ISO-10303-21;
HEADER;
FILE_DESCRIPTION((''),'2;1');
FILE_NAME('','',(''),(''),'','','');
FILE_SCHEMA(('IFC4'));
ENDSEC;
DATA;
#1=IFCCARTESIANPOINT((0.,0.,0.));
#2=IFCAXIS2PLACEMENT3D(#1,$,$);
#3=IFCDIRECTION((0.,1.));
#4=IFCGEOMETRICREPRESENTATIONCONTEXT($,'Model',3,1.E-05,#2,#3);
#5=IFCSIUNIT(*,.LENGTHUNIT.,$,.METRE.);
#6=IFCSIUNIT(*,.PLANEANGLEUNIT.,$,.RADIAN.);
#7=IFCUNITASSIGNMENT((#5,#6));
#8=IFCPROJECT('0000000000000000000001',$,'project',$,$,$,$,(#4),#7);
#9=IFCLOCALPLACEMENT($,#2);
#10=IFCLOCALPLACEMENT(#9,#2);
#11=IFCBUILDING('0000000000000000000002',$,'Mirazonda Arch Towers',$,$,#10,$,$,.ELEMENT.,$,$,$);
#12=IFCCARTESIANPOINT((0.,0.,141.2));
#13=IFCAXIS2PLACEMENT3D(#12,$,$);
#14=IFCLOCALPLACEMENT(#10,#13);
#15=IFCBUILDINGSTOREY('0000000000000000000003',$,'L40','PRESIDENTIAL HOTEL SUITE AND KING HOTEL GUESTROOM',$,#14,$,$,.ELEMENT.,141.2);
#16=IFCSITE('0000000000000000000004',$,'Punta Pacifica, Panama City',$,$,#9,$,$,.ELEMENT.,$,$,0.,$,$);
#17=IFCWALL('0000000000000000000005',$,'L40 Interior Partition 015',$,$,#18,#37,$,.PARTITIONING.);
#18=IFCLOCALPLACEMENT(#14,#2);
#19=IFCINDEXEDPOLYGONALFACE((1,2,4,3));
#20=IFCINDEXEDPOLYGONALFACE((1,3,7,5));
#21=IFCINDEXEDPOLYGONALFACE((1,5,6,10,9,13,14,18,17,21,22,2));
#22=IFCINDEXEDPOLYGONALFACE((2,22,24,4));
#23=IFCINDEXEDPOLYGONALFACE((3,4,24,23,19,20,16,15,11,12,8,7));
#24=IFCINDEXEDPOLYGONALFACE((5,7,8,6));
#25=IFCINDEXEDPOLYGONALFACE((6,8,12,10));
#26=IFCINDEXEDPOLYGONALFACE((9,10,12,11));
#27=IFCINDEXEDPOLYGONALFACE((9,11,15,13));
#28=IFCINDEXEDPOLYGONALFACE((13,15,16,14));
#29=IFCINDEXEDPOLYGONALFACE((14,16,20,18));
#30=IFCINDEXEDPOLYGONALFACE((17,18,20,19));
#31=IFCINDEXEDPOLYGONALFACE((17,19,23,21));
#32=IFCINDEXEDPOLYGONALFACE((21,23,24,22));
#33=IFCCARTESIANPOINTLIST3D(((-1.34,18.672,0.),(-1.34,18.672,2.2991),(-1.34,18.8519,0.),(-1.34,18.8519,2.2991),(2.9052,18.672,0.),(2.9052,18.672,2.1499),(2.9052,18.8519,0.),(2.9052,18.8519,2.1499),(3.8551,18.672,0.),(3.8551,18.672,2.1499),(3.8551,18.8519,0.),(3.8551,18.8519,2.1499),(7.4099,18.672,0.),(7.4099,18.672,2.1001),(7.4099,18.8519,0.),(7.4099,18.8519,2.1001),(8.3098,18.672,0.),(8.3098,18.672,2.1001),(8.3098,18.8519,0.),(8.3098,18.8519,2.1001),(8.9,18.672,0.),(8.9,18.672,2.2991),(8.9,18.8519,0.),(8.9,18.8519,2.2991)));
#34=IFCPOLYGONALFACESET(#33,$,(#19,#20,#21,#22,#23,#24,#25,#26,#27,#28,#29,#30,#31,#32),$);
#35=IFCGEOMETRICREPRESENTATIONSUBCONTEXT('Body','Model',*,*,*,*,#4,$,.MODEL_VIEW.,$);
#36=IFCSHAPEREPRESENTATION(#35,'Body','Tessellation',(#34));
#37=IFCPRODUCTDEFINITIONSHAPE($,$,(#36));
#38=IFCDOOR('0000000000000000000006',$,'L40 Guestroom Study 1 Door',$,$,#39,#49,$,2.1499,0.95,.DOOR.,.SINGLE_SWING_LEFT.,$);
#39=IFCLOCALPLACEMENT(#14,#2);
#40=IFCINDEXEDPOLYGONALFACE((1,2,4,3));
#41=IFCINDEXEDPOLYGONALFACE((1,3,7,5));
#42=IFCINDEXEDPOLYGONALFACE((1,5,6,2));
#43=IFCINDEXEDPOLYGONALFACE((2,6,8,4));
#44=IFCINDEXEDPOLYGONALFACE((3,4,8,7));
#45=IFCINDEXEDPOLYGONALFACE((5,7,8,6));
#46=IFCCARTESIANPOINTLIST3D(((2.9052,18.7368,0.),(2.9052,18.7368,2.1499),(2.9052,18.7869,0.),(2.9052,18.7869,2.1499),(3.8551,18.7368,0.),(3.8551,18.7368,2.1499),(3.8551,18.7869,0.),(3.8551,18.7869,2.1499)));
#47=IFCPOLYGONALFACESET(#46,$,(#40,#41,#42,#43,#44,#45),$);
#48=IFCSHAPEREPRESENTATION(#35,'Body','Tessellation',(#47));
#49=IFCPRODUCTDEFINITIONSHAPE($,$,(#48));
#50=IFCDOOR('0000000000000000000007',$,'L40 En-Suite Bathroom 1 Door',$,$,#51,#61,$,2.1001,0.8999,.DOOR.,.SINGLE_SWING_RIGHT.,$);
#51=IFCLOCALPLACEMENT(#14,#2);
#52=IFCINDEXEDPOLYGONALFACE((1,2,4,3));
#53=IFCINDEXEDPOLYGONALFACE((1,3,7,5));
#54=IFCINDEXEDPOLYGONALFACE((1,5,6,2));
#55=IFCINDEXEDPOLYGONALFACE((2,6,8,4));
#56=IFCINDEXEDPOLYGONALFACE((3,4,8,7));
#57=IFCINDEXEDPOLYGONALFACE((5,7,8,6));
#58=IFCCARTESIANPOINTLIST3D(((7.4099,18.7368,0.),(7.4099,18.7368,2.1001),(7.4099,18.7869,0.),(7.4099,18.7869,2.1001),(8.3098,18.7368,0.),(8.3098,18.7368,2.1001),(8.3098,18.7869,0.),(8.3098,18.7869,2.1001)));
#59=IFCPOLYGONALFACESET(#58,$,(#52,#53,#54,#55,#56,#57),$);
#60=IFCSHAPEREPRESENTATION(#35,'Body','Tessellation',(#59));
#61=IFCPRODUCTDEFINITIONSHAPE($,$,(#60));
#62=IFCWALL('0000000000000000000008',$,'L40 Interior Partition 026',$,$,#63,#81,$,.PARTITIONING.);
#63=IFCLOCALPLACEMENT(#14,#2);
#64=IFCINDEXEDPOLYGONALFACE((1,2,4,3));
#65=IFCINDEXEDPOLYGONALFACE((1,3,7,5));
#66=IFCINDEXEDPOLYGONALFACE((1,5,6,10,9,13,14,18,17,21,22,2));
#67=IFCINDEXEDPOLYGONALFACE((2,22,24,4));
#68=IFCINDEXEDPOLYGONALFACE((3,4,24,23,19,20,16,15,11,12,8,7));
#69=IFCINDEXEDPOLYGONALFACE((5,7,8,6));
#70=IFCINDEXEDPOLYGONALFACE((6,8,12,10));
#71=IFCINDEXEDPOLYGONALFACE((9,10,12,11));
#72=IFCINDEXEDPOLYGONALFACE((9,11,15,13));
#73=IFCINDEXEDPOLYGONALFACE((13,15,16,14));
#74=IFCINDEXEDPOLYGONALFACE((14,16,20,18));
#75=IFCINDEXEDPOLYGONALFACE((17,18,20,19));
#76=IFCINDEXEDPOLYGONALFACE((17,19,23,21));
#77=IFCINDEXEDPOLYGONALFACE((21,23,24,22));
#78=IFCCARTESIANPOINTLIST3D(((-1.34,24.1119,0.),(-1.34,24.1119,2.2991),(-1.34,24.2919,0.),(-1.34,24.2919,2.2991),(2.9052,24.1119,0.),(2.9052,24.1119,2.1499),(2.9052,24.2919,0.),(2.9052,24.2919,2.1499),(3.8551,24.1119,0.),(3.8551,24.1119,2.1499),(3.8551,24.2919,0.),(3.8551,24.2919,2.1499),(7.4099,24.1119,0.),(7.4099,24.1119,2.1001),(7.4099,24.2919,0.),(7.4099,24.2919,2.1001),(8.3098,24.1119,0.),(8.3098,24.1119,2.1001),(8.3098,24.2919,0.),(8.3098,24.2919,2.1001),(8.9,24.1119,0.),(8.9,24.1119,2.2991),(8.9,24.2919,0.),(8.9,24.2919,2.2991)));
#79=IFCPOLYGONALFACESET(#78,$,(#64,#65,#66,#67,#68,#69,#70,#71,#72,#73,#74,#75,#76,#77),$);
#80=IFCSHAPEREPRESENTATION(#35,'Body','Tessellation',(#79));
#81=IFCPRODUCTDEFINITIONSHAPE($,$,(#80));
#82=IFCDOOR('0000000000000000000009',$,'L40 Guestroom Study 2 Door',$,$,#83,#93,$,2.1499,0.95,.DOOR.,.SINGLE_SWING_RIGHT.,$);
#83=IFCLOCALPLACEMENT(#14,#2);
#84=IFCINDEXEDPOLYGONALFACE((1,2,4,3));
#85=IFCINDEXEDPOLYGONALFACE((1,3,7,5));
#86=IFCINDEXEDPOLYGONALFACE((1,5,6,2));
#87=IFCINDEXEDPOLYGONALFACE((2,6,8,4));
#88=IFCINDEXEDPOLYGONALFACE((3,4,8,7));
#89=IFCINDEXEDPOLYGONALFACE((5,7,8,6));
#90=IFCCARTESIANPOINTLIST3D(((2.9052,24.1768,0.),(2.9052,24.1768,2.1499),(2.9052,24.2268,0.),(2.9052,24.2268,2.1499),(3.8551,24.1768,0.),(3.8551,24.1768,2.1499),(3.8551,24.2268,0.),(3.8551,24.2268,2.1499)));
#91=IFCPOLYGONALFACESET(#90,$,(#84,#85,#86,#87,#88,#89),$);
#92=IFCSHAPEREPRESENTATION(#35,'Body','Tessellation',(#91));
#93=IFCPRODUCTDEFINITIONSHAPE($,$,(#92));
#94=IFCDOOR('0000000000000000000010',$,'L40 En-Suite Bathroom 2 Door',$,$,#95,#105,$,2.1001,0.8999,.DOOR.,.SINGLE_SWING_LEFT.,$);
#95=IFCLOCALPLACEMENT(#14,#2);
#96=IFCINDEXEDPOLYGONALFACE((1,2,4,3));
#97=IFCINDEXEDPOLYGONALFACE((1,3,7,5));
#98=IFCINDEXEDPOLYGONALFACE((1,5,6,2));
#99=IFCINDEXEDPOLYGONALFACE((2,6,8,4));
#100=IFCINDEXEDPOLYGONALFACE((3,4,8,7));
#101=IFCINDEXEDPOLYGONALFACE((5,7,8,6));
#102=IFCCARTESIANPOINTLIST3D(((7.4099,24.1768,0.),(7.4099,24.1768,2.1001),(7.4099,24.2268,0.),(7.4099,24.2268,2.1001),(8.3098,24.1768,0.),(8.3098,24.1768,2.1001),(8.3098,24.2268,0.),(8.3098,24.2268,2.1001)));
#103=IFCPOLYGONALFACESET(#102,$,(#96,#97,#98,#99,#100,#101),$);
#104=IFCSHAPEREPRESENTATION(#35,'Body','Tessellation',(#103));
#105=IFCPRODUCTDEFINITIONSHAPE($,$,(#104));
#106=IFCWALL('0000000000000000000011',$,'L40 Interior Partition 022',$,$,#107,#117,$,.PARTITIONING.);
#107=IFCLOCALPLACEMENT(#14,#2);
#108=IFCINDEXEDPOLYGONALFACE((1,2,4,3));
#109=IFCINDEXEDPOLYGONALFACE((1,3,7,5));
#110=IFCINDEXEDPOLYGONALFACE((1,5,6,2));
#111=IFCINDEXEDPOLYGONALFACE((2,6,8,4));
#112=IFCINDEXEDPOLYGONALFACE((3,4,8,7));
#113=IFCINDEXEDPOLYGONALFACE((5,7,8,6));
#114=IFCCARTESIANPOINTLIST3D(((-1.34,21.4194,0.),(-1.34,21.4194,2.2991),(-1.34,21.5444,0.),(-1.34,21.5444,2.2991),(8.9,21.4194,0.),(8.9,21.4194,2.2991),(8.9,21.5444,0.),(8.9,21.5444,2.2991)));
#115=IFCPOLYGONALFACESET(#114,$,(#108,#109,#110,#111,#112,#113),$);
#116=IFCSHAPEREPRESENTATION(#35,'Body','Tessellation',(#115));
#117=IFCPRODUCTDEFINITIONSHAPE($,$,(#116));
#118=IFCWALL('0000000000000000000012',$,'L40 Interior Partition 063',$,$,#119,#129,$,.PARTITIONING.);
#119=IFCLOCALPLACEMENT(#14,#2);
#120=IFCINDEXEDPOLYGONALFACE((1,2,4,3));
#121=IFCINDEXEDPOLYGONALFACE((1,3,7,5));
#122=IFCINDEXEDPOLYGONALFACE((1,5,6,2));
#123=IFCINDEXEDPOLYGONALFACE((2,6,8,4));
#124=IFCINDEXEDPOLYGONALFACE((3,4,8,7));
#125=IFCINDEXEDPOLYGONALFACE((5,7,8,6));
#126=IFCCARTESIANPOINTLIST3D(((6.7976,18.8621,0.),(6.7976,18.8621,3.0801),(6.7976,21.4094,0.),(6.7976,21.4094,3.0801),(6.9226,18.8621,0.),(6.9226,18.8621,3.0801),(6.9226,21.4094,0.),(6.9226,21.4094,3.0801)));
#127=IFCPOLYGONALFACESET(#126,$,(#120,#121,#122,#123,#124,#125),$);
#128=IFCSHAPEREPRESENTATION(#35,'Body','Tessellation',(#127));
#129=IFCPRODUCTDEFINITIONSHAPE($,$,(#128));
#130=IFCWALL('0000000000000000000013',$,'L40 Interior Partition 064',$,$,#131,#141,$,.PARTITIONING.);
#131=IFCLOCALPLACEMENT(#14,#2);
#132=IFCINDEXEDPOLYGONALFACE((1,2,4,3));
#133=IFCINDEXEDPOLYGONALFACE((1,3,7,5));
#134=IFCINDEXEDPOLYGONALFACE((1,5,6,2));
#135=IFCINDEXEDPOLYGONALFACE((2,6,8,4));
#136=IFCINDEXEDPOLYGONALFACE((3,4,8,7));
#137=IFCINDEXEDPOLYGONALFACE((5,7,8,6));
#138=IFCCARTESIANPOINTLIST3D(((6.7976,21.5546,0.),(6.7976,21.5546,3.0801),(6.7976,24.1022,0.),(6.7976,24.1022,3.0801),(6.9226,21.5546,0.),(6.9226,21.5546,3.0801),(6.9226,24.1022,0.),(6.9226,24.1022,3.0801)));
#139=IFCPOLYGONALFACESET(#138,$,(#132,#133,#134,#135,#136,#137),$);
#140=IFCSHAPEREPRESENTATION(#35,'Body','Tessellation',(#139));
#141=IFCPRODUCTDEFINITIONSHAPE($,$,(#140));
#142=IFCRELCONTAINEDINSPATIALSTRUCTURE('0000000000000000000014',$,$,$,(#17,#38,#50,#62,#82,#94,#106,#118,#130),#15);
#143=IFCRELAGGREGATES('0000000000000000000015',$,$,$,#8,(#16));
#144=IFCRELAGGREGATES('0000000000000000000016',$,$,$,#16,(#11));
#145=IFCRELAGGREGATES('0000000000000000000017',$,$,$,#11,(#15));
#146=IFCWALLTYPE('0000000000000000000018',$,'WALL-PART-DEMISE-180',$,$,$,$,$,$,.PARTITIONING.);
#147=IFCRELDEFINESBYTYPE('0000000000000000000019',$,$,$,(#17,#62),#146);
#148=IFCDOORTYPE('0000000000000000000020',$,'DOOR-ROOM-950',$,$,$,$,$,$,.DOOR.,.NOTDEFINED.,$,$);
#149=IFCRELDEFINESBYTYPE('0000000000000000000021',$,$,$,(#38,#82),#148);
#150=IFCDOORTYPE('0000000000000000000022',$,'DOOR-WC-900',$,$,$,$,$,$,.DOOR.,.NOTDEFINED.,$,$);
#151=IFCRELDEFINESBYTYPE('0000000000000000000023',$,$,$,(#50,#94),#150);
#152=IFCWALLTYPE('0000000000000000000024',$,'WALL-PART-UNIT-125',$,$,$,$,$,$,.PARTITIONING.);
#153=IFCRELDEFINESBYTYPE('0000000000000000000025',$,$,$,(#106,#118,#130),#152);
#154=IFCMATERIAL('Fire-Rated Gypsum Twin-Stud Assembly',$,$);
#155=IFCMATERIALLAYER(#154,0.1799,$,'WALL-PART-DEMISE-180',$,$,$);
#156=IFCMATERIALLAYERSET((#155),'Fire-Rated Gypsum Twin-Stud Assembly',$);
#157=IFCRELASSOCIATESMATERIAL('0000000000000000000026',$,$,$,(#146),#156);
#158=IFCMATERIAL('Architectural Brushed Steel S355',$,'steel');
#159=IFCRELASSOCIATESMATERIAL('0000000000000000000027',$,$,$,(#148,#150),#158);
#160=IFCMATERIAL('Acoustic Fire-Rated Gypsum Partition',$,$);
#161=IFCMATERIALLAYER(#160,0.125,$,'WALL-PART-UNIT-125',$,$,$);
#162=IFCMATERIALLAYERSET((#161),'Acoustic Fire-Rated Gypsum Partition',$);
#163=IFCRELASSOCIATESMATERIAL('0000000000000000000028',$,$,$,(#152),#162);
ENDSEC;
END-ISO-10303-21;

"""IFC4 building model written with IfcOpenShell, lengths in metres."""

from ifc_helpers import new_model, si_unit, direction, frame, frame_2d, origin, place, context, subcontext, project, spatial, rectangle, extrude, material, layer, layer_set, type_object, element, fill, save


model = new_model("IFC4")

# Units and contexts
model_context = context("Model", 3, precision=1e-05, world=origin(), true_north=direction((0.0, 1.0)))
body_context = subcontext(model_context, "Body", "Model", "MODEL_VIEW")
ifc_project = project(units=[si_unit("LENGTHUNIT", "METRE"), si_unit("PLANEANGLEUNIT", "RADIAN")], contexts=[model_context])

# Site, building, storey
site_placement = place(None, origin())
site = spatial("IfcSite", under=ifc_project, at=site_placement, Name="Punta Pacifica, Panama City", CompositionType="ELEMENT", RefElevation=0.0)
building_placement = place(site_placement, origin())
building = spatial("IfcBuilding", under=site, at=building_placement, Name="Mirazonda Arch Towers", CompositionType="ELEMENT")
storey_placement = place(building_placement, frame((0.0, 0.0, 141.2)))
storey = spatial("IfcBuildingStorey", under=building, at=storey_placement, Name="L40", Description="PRESIDENTIAL HOTEL SUITE AND KING HOTEL GUESTROOM", CompositionType="ELEMENT", Elevation=141.2)

# Walls, openings, doors
ifc_material_1 = material(Name="Fire-Rated Gypsum Twin-Stud Assembly")
ifc_layer_1 = layer(ifc_material_1, 0.1799, Name="WALL-PART-DEMISE-180")
ifc_layer_set_1 = layer_set([ifc_layer_1], Name="Fire-Rated Gypsum Twin-Stud Assembly")
wall_type_1 = type_object("IfcWallType", Name="WALL-PART-DEMISE-180", PredefinedType="PARTITIONING", material=ifc_layer_set_1)
wall_1_placement = place(storey_placement, frame((-1.3401, 18.762, 0.0), z_axis=(0.0, 0.0, 1.0), x_axis=(1.0, 0.0, 0.0)))
wall_1 = element("IfcWall", 1, at=wall_1_placement, inside=storey, type_object=wall_type_1, Name="L40 Interior Partition 015", PredefinedType="PARTITIONING", context=body_context, shape_type="SweptSolid", body=[
    extrude(rectangle(XDim=10.24, YDim=0.1799, at=frame_2d((5.1201, 0.0))), origin(), (0.0, 0.0, 1.0), 2.2991),
])
opening_1_placement = place(wall_1_placement, frame((4.2451, 0.0, 0.0)))
opening_1 = element("IfcOpeningElement", 2, at=opening_1_placement, cuts=wall_1, PredefinedType="OPENING", context=body_context, shape_type="SweptSolid", body=[
    extrude(rectangle(XDim=0.95, YDim=2.1499, at=frame_2d((0.4751, 1.075))), frame((0.0, 0.0999, 0.0), z_axis=(0.0, -1.0, 0.0), x_axis=(1.0, 0.0, 0.0)), (0.0, 0.0, 1.0), 0.2),
])
opening_2_placement = place(wall_1_placement, frame((8.75, 0.0, 0.0)))
opening_2 = element("IfcOpeningElement", 3, at=opening_2_placement, cuts=wall_1, PredefinedType="OPENING", context=body_context, shape_type="SweptSolid", body=[
    extrude(rectangle(XDim=0.8999, YDim=2.1001, at=frame_2d((0.45, 1.05))), frame((0.0, 0.0999, 0.0), z_axis=(0.0, -1.0, 0.0), x_axis=(1.0, 0.0, 0.0)), (0.0, 0.0, 1.0), 0.2),
])
ifc_material_2 = material(Name="Architectural Brushed Steel S355", Category="steel")
door_type_1 = type_object("IfcDoorType", Name="DOOR-ROOM-950", OperationType="NOTDEFINED", PredefinedType="DOOR", material=ifc_material_2)
door_1_placement = place(opening_1_placement, origin())
door_1 = element("IfcDoor", 4, at=door_1_placement, inside=storey, type_object=door_type_1, Name="L40 Guestroom Study 1 Door", OperationType="SINGLE_SWING_LEFT", OverallHeight=2.1499, OverallWidth=0.95, PredefinedType="DOOR", context=body_context, shape_type="SweptSolid", body=[
    extrude(rectangle(XDim=0.95, YDim=2.1499, at=frame_2d((0.4751, 1.075))), frame((0.0, 0.0249, 0.0), z_axis=(0.0, -1.0, 0.0), x_axis=(1.0, 0.0, 0.0)), (0.0, 0.0, 1.0), 0.05),
])
fill(opening_1, door_1)
door_type_2 = type_object("IfcDoorType", Name="DOOR-WC-900", OperationType="NOTDEFINED", PredefinedType="DOOR", material=ifc_material_2)
door_2_placement = place(opening_2_placement, origin())
door_2 = element("IfcDoor", 5, at=door_2_placement, inside=storey, type_object=door_type_2, Name="L40 En-Suite Bathroom 1 Door", OperationType="SINGLE_SWING_RIGHT", OverallHeight=2.1001, OverallWidth=0.8999, PredefinedType="DOOR", context=body_context, shape_type="SweptSolid", body=[
    extrude(rectangle(XDim=0.8999, YDim=2.1001, at=frame_2d((0.45, 1.05))), frame((0.0, 0.0249, 0.0), z_axis=(0.0, -1.0, 0.0), x_axis=(1.0, 0.0, 0.0)), (0.0, 0.0, 1.0), 0.05),
])
fill(opening_2, door_2)
wall_2_placement = place(storey_placement, frame((-1.3401, 24.2019, 0.0), z_axis=(0.0, 0.0, 1.0), x_axis=(1.0, 0.0, 0.0)))
wall_2 = element("IfcWall", 6, at=wall_2_placement, inside=storey, type_object=wall_type_1, Name="L40 Interior Partition 026", PredefinedType="PARTITIONING", context=body_context, shape_type="SweptSolid", body=[
    extrude(rectangle(XDim=10.24, YDim=0.1799, at=frame_2d((5.1201, 0.0))), origin(), (0.0, 0.0, 1.0), 2.2991),
])
opening_3_placement = place(wall_2_placement, frame((4.2451, 0.0, 0.0)))
opening_3 = element("IfcOpeningElement", 7, at=opening_3_placement, cuts=wall_2, PredefinedType="OPENING", context=body_context, shape_type="SweptSolid", body=[
    extrude(rectangle(XDim=0.95, YDim=2.1499, at=frame_2d((0.4751, 1.075))), frame((0.0, 0.0999, 0.0), z_axis=(0.0, -1.0, 0.0), x_axis=(1.0, 0.0, 0.0)), (0.0, 0.0, 1.0), 0.2),
])
opening_4_placement = place(wall_2_placement, frame((8.75, 0.0, 0.0)))
opening_4 = element("IfcOpeningElement", 8, at=opening_4_placement, cuts=wall_2, PredefinedType="OPENING", context=body_context, shape_type="SweptSolid", body=[
    extrude(rectangle(XDim=0.8999, YDim=2.1001, at=frame_2d((0.45, 1.05))), frame((0.0, 0.0999, 0.0), z_axis=(0.0, -1.0, 0.0), x_axis=(1.0, 0.0, 0.0)), (0.0, 0.0, 1.0), 0.2),
])
door_3_placement = place(opening_3_placement, origin())
door_3 = element("IfcDoor", 9, at=door_3_placement, inside=storey, type_object=door_type_1, Name="L40 Guestroom Study 2 Door", OperationType="SINGLE_SWING_RIGHT", OverallHeight=2.1499, OverallWidth=0.95, PredefinedType="DOOR", context=body_context, shape_type="SweptSolid", body=[
    extrude(rectangle(XDim=0.95, YDim=2.1499, at=frame_2d((0.4751, 1.075))), frame((0.0, 0.0249, 0.0), z_axis=(0.0, -1.0, 0.0), x_axis=(1.0, 0.0, 0.0)), (0.0, 0.0, 1.0), 0.05),
])
fill(opening_3, door_3)
door_4_placement = place(opening_4_placement, origin())
door_4 = element("IfcDoor", 10, at=door_4_placement, inside=storey, type_object=door_type_2, Name="L40 En-Suite Bathroom 2 Door", OperationType="SINGLE_SWING_LEFT", OverallHeight=2.1001, OverallWidth=0.8999, PredefinedType="DOOR", context=body_context, shape_type="SweptSolid", body=[
    extrude(rectangle(XDim=0.8999, YDim=2.1001, at=frame_2d((0.45, 1.05))), frame((0.0, 0.0249, 0.0), z_axis=(0.0, -1.0, 0.0), x_axis=(1.0, 0.0, 0.0)), (0.0, 0.0, 1.0), 0.05),
])
fill(opening_4, door_4)

# Walls
ifc_material_3 = material(Name="Acoustic Fire-Rated Gypsum Partition")
ifc_layer_2 = layer(ifc_material_3, 0.125, Name="WALL-PART-UNIT-125")
ifc_layer_set_2 = layer_set([ifc_layer_2], Name="Acoustic Fire-Rated Gypsum Partition")
wall_type_2 = type_object("IfcWallType", Name="WALL-PART-UNIT-125", PredefinedType="PARTITIONING", material=ifc_layer_set_2)
wall_3_placement = place(storey_placement, frame((-1.3401, 21.4819, 0.0), z_axis=(0.0, 0.0, 1.0), x_axis=(1.0, 0.0, 0.0)))
element("IfcWall", 11, at=wall_3_placement, inside=storey, type_object=wall_type_2, Name="L40 Interior Partition 022", PredefinedType="PARTITIONING", context=body_context, shape_type="SweptSolid", body=[
    extrude(rectangle(XDim=10.24, YDim=0.125, at=frame_2d((5.1201, 0.0))), origin(), (0.0, 0.0, 1.0), 2.2991),
])
wall_4_placement = place(storey_placement, frame((6.8601, 18.8621, 0.0), z_axis=(0.0, 0.0, 1.0), x_axis=(0.0, 1.0, 0.0)))
element("IfcWall", 12, at=wall_4_placement, inside=storey, type_object=wall_type_2, Name="L40 Interior Partition 063", PredefinedType="PARTITIONING", context=body_context, shape_type="SweptSolid", body=[
    extrude(rectangle(XDim=2.5474, YDim=0.125, at=frame_2d((1.2737, 0.0))), origin(), (0.0, 0.0, 1.0), 3.0801),
])
wall_5_placement = place(storey_placement, frame((6.8601, 21.5544, 0.0), z_axis=(0.0, 0.0, 1.0), x_axis=(0.0, 1.0, 0.0)))
element("IfcWall", 13, at=wall_5_placement, inside=storey, type_object=wall_type_2, Name="L40 Interior Partition 064", PredefinedType="PARTITIONING", context=body_context, shape_type="SweptSolid", body=[
    extrude(rectangle(XDim=2.5476, YDim=0.125, at=frame_2d((1.2739, 0.0))), origin(), (0.0, 0.0, 1.0), 3.0801),
])

save(model, "model.ifc")
